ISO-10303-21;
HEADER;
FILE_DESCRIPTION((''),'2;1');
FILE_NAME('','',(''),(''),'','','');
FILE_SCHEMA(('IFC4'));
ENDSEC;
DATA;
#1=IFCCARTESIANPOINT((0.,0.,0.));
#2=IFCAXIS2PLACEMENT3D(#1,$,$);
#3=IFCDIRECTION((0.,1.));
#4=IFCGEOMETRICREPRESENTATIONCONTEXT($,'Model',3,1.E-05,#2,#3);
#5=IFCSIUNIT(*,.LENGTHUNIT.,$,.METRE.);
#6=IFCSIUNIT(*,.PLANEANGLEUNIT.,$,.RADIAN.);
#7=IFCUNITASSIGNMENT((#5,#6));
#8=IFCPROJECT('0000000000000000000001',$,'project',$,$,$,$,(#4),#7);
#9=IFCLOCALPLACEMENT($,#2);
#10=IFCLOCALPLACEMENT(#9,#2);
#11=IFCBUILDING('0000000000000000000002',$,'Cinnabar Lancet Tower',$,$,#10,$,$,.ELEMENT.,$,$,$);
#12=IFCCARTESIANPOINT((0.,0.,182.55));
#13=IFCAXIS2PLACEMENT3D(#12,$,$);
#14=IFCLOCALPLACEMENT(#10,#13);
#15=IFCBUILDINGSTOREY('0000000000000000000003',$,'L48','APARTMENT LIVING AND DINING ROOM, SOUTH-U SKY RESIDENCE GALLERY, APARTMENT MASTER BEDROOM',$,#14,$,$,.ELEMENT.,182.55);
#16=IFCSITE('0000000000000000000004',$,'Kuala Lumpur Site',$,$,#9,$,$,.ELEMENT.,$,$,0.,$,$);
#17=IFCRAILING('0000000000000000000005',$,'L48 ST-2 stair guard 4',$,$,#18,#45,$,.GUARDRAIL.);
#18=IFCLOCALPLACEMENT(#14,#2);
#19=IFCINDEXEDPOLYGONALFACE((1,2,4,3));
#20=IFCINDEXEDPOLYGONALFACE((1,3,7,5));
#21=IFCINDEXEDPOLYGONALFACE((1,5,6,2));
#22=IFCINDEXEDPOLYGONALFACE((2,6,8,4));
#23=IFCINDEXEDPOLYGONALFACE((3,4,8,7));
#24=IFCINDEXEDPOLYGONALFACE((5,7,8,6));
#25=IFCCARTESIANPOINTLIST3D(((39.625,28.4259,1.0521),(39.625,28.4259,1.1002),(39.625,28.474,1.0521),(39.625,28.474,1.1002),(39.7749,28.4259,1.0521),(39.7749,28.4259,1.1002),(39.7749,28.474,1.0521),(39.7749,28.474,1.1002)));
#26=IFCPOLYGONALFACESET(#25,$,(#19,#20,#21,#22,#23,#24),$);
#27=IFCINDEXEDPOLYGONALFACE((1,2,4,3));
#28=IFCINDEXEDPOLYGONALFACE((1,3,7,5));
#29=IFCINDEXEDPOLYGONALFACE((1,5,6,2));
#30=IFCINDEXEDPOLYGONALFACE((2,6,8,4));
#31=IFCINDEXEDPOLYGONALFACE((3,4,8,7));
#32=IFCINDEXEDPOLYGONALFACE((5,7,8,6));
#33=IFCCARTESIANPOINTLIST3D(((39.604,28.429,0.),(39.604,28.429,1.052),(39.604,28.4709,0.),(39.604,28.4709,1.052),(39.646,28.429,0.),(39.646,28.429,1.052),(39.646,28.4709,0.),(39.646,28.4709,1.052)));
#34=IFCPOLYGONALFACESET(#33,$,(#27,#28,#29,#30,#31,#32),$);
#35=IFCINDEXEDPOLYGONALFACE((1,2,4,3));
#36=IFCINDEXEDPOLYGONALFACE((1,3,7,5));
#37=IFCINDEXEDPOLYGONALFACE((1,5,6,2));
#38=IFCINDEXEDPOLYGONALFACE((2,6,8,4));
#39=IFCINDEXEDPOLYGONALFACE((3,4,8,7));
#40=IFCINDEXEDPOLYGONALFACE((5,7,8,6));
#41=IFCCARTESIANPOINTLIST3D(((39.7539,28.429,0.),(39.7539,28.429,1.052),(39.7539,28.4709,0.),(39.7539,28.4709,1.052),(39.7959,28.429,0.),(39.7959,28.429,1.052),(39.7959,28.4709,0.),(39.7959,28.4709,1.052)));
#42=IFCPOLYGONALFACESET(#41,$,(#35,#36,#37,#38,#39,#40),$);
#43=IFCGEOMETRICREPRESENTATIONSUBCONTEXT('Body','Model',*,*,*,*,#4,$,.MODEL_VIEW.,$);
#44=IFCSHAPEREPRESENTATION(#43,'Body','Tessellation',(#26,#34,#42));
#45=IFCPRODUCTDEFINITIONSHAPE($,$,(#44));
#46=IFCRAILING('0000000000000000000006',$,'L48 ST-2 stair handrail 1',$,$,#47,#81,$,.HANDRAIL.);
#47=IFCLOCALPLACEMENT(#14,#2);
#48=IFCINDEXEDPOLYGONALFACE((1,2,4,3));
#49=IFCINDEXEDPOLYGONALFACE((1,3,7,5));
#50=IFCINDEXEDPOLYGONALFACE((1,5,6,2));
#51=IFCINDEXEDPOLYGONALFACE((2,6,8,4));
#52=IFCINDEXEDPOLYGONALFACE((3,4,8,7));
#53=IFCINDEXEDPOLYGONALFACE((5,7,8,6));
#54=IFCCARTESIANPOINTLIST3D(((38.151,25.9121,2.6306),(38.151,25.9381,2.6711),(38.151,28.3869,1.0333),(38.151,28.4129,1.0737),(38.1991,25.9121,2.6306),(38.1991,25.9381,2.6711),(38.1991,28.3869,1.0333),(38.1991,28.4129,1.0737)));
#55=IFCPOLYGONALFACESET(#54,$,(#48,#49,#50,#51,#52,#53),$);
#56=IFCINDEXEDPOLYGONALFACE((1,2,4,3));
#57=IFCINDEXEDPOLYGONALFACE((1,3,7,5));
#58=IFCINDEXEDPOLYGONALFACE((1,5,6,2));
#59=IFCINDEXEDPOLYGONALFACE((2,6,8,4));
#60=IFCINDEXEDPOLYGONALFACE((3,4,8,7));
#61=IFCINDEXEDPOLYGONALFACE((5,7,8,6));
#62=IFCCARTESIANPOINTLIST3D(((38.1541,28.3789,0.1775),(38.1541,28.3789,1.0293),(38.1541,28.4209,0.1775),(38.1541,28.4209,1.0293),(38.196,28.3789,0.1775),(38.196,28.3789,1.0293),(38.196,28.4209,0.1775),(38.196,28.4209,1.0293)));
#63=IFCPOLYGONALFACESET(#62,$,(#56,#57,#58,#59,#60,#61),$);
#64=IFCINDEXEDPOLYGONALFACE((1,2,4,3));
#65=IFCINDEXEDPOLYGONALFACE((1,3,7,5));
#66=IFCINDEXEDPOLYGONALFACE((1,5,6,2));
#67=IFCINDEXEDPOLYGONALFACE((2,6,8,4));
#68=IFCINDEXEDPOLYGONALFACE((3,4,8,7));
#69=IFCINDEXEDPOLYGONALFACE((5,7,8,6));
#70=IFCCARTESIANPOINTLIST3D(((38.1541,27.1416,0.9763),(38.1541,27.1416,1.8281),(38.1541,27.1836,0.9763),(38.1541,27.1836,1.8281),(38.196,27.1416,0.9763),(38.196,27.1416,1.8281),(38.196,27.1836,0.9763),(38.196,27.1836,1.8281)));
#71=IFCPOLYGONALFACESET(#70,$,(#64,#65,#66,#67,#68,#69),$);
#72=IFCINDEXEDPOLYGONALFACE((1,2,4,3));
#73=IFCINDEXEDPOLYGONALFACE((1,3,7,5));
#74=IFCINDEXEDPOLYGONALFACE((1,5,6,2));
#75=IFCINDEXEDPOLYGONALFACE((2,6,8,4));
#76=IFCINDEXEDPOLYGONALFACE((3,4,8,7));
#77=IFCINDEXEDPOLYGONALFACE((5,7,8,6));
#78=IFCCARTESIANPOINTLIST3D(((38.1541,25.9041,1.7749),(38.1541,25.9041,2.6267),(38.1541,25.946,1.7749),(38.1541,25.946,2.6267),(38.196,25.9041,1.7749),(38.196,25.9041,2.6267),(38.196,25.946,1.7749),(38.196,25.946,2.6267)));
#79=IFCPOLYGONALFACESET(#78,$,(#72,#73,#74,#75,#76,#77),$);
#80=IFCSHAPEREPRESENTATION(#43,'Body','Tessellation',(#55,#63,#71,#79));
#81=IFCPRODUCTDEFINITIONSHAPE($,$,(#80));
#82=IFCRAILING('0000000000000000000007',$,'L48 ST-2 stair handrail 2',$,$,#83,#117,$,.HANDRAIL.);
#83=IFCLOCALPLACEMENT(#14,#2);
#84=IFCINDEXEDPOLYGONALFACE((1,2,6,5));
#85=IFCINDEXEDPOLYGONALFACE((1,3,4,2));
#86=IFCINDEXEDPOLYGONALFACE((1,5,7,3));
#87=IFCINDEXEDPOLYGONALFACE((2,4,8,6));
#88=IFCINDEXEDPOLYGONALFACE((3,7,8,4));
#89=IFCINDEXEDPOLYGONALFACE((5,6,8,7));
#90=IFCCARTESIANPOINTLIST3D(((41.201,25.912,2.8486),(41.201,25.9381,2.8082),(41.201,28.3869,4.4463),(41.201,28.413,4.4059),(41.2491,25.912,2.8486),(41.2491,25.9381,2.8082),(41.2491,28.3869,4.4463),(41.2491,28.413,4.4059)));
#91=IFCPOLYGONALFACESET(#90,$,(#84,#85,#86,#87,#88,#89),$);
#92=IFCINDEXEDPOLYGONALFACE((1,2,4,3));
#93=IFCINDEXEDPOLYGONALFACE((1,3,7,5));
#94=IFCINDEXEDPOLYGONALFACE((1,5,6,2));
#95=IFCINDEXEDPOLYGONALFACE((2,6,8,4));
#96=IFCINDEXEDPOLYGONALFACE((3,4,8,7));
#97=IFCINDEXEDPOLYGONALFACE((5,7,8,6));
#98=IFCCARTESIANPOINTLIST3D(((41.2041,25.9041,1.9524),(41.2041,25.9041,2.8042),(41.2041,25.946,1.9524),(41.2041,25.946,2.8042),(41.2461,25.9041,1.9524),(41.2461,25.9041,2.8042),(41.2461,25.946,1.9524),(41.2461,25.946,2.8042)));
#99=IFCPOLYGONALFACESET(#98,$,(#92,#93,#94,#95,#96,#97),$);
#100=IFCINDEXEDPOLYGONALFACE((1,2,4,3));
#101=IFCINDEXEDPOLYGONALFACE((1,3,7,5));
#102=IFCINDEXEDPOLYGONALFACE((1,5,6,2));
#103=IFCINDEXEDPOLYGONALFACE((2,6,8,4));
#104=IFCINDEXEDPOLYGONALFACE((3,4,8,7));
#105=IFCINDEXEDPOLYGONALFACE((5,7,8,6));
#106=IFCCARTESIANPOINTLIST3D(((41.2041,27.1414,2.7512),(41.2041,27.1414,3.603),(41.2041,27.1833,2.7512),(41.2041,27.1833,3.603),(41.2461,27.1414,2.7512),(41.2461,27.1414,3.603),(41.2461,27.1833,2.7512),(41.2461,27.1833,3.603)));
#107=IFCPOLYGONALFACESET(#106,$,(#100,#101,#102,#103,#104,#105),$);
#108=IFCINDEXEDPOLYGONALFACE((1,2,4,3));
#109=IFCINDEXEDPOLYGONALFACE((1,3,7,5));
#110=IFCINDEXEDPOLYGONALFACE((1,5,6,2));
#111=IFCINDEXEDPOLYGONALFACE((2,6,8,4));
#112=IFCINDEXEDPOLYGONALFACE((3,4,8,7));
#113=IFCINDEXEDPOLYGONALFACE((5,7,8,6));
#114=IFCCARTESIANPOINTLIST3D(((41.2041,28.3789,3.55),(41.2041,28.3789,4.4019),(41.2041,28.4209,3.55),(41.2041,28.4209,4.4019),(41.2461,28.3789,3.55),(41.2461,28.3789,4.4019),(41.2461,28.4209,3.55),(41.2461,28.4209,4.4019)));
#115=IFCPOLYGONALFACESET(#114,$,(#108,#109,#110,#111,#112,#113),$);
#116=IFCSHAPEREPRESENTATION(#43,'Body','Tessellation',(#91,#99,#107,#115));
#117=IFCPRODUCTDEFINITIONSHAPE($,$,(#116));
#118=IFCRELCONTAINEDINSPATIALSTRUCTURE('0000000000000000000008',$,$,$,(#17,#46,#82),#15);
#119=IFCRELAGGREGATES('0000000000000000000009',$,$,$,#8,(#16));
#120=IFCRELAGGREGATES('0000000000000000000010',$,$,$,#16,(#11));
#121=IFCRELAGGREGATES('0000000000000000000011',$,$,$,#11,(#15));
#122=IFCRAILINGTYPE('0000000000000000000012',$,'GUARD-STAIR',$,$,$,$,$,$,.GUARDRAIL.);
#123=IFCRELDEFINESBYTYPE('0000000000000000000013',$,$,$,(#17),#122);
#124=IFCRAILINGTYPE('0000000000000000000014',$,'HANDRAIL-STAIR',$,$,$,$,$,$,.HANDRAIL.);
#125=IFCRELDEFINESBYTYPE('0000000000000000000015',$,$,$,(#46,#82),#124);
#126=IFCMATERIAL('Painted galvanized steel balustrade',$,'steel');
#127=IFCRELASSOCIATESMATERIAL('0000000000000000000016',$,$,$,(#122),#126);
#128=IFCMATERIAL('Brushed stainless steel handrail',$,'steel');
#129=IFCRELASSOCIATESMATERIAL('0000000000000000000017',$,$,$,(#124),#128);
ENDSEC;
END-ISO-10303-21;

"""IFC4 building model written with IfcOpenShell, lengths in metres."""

from ifc_helpers import new_model, si_unit, direction, frame, origin, origin_2d, place, context, subcontext, project, spatial, rectangle, extrude, material, type_object, element, save


model = new_model("IFC4")

# Units and contexts
model_context = context("Model", 3, precision=1e-05, world=origin(), true_north=direction((0.0, 1.0)))
body_context = subcontext(model_context, "Body", "Model", "MODEL_VIEW")
ifc_project = project(units=[si_unit("LENGTHUNIT", "METRE"), si_unit("PLANEANGLEUNIT", "RADIAN")], contexts=[model_context])

# Site, building, storey
site_placement = place(None, origin())
site = spatial("IfcSite", under=ifc_project, at=site_placement, Name="Kuala Lumpur Site", CompositionType="ELEMENT", RefElevation=0.0)
building_placement = place(site_placement, origin())
building = spatial("IfcBuilding", under=site, at=building_placement, Name="Cinnabar Lancet Tower", CompositionType="ELEMENT")
storey_placement = place(building_placement, frame((0.0, 0.0, 182.55)))
storey = spatial("IfcBuildingStorey", under=building, at=storey_placement, Name="L48", Description="APARTMENT LIVING AND DINING ROOM, SOUTH-U SKY RESIDENCE GALLERY, APARTMENT MASTER BEDROOM", CompositionType="ELEMENT", Elevation=182.55)

# Railings
ifc_material_1 = material(Name="Painted galvanized steel balustrade", Category="steel")
railing_type_1 = type_object("IfcRailingType", Name="GUARD-STAIR", PredefinedType="GUARDRAIL", material=ifc_material_1)
railing_1_placement = place(storey_placement, frame((39.625, 28.45, 0.0)))
element("IfcRailing", 1, at=railing_1_placement, inside=storey, type_object=railing_type_1, Name="L48 ST-2 stair guard 4", PredefinedType="GUARDRAIL", context=body_context, shape_type="SweptSolid", body=[
    extrude(rectangle(XDim=0.0481, YDim=0.0481, at=origin_2d()), frame((0.0, 0.0, 1.0762), z_axis=(1.0, 0.0, 0.0), x_axis=(0.0, 1.0, 0.0)), (0.0, 0.0, 1.0), 0.1499),
    extrude(rectangle(XDim=0.042, YDim=0.042, at=origin_2d()), origin(), (0.0, 0.0, 1.0), 1.052),
    extrude(rectangle(XDim=0.042, YDim=0.042, at=origin_2d()), frame((0.1499, 0.0, 0.0)), (0.0, 0.0, 1.0), 1.052),
])
ifc_material_2 = material(Name="Brushed stainless steel handrail", Category="steel")
railing_type_2 = type_object("IfcRailingType", Name="HANDRAIL-STAIR", PredefinedType="HANDRAIL", material=ifc_material_2)
railing_2_placement = place(storey_placement, frame((38.175, 28.3999, 0.1775)))
element("IfcRailing", 2, at=railing_2_placement, inside=storey, type_object=railing_type_2, Name="L48 ST-2 stair handrail 1", PredefinedType="HANDRAIL", context=body_context, shape_type="SweptSolid", body=[
    extrude(rectangle(XDim=0.0481, YDim=0.0481, at=origin_2d()), frame((0.0, 0.0, 0.876), z_axis=(0.0, -0.840183, 0.542302), x_axis=(1.0, 0.0, 0.0)), (0.0, 0.0, 1.0), 2.9456),
    extrude(rectangle(XDim=0.042, YDim=0.042, at=origin_2d()), origin(), (0.0, 0.0, 1.0), 0.8518),
    extrude(rectangle(XDim=0.042, YDim=0.042, at=origin_2d()), frame((0.0, -1.2373, 0.7988)), (0.0, 0.0, 1.0), 0.8518),
    extrude(rectangle(XDim=0.042, YDim=0.042, at=origin_2d()), frame((0.0, -2.4749, 1.5974)), (0.0, 0.0, 1.0), 0.8518),
])
railing_3_placement = place(storey_placement, frame((41.2251, 25.925, 1.9524)))
element("IfcRailing", 3, at=railing_3_placement, inside=storey, type_object=railing_type_2, Name="L48 ST-2 stair handrail 2", PredefinedType="HANDRAIL", context=body_context, shape_type="SweptSolid", body=[
    extrude(rectangle(XDim=0.0481, YDim=0.0481, at=origin_2d()), frame((0.0, 0.0, 0.876), z_axis=(0.0, 0.840146, 0.542361), x_axis=(-1.0, 0.0, 0.0)), (0.0, 0.0, 1.0), 2.9458),
    extrude(rectangle(XDim=0.042, YDim=0.042, at=origin_2d()), origin(), (0.0, 0.0, 1.0), 0.8518),
    extrude(rectangle(XDim=0.042, YDim=0.042, at=origin_2d()), frame((0.0, 1.2373, 0.7988)), (0.0, 0.0, 1.0), 0.8518),
    extrude(rectangle(XDim=0.042, YDim=0.042, at=origin_2d()), frame((0.0, 2.4749, 1.5977)), (0.0, 0.0, 1.0), 0.8518),
])

save(model, "model.ifc")
